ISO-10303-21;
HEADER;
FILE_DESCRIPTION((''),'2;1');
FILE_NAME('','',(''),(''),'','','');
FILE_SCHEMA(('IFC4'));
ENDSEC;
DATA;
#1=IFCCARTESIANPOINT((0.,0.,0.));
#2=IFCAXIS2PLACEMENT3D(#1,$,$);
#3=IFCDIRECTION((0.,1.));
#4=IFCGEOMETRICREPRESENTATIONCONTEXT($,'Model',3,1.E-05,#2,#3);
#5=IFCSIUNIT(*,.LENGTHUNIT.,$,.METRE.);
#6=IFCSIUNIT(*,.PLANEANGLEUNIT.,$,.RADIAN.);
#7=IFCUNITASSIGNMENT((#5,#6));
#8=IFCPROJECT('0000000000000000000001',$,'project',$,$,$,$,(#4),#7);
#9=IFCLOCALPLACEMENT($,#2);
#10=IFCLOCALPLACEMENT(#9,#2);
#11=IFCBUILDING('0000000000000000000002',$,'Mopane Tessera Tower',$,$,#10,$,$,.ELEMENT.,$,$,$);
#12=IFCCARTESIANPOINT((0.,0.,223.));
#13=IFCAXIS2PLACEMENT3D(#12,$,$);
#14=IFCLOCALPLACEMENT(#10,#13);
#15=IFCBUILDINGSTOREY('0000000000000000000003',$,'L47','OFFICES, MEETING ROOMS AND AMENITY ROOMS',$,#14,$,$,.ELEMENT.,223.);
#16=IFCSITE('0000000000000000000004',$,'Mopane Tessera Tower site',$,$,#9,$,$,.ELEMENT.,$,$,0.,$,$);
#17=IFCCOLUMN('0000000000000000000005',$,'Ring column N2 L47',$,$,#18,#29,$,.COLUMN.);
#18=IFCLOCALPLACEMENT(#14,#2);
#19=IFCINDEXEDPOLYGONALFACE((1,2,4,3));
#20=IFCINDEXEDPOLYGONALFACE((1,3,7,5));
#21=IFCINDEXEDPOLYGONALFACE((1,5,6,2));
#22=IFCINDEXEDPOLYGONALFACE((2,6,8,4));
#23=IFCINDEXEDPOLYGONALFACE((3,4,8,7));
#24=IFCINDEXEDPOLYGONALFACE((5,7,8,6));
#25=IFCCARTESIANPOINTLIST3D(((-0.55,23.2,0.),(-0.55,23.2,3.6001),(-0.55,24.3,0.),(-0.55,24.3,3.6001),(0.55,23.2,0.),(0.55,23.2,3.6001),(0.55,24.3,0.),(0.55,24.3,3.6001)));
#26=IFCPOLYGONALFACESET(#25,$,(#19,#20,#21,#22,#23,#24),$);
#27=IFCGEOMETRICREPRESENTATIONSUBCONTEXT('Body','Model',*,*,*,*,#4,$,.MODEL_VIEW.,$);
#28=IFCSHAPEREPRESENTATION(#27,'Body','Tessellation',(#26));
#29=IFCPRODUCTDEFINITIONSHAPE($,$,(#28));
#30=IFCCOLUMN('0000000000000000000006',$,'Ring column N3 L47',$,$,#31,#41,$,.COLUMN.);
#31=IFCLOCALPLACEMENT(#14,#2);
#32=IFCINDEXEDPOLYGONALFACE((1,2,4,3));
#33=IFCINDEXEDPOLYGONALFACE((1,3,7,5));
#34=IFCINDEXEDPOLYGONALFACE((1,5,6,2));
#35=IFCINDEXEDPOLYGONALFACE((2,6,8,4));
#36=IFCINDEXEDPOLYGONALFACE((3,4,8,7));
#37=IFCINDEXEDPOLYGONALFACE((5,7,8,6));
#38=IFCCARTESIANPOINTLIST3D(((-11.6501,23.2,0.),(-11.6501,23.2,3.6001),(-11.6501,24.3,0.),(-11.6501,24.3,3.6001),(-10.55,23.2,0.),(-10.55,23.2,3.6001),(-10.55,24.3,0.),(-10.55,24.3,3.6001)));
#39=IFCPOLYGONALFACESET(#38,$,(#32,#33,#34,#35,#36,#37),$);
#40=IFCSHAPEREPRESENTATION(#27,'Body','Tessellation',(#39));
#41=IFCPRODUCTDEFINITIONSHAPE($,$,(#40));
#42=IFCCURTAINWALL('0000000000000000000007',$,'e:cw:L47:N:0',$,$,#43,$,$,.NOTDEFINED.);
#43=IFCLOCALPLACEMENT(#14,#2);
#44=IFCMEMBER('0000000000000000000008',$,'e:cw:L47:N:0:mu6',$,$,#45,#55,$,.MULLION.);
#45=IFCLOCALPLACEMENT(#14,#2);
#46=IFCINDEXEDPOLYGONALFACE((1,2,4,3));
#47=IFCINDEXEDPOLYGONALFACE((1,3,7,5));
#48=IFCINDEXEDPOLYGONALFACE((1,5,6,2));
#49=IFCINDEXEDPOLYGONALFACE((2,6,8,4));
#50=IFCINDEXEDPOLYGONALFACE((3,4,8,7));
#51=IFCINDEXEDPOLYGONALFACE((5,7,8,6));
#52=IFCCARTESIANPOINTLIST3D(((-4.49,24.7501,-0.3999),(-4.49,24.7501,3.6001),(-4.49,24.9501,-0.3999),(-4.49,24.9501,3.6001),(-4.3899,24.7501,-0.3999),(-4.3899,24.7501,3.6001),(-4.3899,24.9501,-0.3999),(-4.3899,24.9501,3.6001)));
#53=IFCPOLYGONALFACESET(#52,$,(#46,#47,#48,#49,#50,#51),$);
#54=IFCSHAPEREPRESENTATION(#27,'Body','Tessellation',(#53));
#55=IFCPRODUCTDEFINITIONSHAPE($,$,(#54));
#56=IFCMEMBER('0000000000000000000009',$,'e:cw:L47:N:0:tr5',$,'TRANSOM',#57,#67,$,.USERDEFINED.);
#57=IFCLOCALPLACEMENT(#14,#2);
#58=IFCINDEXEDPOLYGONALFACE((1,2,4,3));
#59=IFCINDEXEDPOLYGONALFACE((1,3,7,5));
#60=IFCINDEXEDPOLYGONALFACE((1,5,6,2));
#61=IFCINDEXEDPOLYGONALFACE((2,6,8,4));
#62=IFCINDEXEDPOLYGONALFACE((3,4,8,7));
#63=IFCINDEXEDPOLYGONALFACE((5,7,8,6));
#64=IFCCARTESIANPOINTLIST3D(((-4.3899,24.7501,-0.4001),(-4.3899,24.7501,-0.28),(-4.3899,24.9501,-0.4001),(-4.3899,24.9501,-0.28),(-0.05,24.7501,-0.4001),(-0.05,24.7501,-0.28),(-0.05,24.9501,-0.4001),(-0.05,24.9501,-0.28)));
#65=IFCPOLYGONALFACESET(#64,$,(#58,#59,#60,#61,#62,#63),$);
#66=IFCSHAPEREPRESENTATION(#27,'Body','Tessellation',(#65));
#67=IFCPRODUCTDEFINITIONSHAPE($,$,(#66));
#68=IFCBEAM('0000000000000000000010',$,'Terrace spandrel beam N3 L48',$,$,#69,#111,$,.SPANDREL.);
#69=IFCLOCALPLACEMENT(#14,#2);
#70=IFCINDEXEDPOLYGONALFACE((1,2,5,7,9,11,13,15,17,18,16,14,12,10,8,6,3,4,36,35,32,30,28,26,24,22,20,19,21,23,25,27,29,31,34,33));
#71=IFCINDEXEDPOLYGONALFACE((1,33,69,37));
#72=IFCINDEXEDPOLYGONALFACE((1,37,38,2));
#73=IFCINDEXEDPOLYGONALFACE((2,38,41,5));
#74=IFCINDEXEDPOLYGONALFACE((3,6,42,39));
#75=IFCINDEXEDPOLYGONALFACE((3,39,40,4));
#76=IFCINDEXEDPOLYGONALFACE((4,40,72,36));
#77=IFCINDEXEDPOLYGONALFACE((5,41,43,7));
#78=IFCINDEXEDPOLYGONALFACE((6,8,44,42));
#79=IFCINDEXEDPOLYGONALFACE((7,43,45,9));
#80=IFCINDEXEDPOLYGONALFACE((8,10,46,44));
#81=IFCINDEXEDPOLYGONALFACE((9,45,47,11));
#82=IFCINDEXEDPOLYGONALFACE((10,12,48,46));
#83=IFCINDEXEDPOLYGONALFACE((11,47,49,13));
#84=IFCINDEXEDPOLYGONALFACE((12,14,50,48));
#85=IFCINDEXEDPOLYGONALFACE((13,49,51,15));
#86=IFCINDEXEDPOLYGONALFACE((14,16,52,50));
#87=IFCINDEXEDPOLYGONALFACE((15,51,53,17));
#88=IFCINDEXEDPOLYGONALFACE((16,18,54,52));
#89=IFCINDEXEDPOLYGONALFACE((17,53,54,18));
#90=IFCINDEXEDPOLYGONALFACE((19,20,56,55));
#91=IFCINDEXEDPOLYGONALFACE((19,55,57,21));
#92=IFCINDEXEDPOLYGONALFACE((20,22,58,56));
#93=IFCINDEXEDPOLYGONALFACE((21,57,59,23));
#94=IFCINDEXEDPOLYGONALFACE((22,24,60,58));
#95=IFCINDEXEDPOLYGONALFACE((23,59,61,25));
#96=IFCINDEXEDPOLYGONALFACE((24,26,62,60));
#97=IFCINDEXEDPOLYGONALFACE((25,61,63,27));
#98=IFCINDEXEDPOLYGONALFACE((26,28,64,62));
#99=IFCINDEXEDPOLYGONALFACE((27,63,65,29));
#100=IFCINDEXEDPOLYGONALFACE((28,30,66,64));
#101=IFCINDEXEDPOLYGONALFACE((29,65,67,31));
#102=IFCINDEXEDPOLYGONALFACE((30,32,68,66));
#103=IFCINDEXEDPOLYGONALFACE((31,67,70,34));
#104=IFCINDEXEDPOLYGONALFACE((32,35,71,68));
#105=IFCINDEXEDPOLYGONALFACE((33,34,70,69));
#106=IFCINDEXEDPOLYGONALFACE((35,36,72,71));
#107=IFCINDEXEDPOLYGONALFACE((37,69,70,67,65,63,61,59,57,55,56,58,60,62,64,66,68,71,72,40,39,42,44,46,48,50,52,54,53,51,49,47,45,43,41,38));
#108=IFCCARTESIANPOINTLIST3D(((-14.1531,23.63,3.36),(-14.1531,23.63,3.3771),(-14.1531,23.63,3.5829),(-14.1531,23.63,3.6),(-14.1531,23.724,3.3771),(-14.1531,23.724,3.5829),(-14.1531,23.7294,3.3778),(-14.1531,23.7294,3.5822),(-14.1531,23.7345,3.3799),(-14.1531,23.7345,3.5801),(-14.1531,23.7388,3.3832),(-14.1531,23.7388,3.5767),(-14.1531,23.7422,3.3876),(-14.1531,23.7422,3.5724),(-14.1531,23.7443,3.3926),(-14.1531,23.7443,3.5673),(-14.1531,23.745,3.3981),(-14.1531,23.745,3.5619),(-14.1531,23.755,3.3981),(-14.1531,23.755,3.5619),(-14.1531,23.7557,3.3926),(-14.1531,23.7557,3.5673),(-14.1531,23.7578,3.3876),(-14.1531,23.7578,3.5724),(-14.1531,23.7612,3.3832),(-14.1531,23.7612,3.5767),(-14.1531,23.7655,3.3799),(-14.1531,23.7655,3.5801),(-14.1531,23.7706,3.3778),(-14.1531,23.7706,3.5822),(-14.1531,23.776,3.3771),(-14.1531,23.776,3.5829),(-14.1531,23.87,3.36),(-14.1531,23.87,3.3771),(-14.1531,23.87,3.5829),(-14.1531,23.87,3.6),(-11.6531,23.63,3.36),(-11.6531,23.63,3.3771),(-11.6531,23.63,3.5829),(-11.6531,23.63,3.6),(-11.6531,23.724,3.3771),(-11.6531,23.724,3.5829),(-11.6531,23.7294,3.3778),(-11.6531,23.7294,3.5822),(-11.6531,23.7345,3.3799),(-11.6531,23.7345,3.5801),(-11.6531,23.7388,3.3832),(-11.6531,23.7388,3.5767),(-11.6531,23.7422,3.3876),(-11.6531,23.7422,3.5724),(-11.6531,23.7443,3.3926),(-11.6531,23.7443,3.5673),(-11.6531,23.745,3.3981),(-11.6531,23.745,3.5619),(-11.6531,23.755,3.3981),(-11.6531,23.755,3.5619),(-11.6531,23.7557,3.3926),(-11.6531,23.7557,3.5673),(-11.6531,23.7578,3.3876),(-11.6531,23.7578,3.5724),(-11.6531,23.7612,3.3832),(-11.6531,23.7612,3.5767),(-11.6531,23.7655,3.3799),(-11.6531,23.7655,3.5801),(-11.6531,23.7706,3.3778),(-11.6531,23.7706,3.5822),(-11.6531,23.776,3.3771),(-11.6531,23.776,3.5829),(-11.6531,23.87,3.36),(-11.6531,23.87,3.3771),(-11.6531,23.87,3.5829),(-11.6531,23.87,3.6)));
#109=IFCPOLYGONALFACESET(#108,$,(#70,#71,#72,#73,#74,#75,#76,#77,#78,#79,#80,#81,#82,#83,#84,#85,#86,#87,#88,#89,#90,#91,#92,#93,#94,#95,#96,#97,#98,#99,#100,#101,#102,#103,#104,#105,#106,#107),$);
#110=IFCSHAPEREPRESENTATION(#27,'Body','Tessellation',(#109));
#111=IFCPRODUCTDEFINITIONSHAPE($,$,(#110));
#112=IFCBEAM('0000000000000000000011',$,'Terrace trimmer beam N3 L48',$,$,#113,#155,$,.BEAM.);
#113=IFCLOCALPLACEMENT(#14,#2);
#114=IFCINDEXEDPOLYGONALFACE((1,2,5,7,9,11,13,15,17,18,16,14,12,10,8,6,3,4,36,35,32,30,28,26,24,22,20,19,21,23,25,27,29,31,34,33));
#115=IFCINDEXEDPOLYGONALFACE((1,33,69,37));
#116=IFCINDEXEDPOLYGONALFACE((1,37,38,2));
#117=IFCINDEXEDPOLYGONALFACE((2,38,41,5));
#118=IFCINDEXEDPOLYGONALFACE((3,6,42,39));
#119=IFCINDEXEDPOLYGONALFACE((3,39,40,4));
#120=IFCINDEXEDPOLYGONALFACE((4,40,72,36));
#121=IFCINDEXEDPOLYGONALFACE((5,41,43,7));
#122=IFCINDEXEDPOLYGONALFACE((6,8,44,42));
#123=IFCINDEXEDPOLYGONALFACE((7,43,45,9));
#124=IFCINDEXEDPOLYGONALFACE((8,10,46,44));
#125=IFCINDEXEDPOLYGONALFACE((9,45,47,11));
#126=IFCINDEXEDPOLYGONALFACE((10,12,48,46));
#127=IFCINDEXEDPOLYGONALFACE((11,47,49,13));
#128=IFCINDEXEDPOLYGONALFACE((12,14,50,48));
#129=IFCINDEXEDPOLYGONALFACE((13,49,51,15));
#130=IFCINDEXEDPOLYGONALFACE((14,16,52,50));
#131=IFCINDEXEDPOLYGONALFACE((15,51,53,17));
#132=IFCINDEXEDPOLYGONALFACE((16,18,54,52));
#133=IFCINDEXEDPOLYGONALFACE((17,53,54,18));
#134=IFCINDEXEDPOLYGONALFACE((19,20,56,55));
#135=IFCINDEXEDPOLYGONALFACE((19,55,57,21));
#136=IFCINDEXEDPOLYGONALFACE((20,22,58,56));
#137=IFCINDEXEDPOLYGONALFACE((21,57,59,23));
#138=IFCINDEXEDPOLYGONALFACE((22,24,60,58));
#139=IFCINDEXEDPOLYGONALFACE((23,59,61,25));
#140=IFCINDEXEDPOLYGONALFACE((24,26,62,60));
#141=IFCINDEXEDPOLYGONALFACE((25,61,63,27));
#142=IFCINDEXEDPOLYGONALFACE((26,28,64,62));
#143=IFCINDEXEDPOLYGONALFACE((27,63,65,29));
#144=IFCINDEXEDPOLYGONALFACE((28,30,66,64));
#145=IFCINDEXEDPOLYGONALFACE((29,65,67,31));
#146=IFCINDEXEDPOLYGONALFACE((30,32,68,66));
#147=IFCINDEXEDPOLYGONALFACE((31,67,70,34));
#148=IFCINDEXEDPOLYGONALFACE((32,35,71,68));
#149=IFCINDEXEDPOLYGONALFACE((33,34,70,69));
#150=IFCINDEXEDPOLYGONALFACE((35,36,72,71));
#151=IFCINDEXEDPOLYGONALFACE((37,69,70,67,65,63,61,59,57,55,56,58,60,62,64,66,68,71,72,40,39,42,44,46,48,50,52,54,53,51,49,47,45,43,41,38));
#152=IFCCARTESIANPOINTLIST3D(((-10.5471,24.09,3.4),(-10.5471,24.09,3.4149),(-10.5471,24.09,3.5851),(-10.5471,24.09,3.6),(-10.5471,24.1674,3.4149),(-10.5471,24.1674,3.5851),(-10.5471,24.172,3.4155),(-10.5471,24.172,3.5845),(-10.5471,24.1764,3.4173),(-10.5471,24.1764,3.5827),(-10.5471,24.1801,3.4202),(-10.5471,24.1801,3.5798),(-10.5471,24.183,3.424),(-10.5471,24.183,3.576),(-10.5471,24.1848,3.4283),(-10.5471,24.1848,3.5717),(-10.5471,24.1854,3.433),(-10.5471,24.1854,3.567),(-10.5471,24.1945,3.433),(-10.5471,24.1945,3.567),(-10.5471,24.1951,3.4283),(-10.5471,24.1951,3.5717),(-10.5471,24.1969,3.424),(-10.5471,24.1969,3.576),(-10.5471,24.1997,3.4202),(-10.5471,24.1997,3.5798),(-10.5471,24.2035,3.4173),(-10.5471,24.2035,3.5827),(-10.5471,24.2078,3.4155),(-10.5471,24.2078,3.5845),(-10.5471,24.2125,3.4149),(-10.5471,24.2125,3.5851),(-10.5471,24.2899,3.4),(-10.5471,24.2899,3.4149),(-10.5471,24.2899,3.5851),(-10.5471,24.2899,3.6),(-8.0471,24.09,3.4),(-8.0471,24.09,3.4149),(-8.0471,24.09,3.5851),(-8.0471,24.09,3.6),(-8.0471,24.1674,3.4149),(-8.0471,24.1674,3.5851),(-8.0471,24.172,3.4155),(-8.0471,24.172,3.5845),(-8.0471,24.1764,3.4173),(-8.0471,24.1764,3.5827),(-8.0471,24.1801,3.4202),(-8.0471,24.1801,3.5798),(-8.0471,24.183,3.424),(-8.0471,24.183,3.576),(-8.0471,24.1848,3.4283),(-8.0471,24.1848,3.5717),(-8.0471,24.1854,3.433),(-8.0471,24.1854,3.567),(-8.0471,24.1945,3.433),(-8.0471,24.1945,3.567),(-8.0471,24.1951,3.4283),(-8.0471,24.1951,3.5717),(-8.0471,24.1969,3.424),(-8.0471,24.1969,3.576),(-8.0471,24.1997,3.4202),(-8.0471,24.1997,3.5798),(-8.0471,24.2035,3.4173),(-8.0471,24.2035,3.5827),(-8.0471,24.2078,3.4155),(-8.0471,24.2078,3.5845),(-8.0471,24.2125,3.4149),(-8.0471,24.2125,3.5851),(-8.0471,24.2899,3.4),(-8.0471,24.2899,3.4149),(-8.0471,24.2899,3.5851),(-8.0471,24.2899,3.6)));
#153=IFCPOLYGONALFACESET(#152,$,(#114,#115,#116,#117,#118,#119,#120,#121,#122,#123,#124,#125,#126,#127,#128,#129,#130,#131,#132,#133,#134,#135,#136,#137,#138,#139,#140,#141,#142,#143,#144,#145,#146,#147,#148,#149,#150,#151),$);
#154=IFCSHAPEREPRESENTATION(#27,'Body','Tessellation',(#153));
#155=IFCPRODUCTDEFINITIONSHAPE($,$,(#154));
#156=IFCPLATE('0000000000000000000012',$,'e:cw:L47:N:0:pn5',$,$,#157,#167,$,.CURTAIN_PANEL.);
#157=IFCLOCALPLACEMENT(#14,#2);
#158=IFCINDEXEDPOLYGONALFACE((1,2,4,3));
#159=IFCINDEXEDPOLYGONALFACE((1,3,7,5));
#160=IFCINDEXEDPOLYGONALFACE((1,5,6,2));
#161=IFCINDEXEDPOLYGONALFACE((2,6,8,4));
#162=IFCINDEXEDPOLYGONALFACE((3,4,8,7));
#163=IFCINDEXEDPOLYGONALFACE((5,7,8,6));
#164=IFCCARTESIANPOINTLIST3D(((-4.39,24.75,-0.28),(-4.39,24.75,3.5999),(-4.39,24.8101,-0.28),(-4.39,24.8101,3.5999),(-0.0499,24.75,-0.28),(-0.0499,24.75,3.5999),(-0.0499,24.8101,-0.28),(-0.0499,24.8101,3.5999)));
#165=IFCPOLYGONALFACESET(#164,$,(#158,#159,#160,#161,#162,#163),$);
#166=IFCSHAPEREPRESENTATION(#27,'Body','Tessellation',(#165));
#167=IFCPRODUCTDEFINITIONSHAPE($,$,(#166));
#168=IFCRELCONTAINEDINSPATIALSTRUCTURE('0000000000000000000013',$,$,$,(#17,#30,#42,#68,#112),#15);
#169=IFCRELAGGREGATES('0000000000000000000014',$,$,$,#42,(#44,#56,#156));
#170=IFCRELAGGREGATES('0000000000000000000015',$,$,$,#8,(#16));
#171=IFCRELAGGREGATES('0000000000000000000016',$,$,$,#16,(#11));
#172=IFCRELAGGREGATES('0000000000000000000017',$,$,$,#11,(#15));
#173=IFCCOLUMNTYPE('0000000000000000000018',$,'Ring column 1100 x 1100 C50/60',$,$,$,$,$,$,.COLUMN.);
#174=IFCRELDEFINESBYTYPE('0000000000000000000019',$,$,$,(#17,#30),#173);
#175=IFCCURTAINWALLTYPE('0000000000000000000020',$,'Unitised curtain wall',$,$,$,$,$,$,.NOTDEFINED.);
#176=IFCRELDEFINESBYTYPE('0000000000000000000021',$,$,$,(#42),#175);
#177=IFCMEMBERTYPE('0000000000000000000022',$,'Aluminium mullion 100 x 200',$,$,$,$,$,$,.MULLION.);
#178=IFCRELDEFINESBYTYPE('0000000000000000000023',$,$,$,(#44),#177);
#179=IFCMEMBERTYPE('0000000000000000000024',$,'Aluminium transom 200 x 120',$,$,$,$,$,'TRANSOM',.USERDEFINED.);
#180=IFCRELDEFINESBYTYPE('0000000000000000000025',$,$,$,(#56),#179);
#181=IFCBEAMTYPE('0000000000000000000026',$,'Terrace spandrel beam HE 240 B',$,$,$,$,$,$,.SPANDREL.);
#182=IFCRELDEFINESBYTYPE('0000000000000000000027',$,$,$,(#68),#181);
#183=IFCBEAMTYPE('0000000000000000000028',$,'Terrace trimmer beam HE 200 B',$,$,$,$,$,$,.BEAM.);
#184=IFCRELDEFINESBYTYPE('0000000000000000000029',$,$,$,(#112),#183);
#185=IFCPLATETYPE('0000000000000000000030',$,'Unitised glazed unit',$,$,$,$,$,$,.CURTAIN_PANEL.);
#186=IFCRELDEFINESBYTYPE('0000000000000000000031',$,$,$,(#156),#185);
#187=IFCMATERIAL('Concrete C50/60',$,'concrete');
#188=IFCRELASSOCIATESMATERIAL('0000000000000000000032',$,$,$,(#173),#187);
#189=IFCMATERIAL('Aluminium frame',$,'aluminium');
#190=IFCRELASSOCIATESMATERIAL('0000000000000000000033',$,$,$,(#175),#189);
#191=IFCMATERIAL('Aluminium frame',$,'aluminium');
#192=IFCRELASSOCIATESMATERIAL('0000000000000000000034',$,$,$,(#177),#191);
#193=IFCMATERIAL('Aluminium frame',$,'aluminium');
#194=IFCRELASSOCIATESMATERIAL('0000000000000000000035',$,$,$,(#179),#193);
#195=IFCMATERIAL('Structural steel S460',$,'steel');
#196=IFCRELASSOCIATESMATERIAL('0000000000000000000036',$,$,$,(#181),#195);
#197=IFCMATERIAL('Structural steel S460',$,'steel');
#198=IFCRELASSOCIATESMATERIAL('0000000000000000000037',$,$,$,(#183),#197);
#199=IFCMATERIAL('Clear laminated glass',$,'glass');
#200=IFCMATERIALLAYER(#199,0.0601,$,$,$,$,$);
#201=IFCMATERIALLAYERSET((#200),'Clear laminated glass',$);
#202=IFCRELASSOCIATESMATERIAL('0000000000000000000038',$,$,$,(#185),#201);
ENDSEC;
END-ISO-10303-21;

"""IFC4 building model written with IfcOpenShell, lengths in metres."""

from ifc_helpers import new_model, si_unit, direction, frame, origin, origin_2d, place, context, subcontext, project, spatial, rectangle, i_section, extrude, material, layer, layer_set, material_profile, profile_set, type_object, element, aggregate, save


model = new_model("IFC4")

# Units and contexts
model_context = context("Model", 3, precision=1e-05, world=origin(), true_north=direction((0.0, 1.0)))
body_context = subcontext(model_context, "Body", "Model", "MODEL_VIEW")
ifc_project = project(units=[si_unit("LENGTHUNIT", "METRE"), si_unit("PLANEANGLEUNIT", "RADIAN")], contexts=[model_context])

# Site, building, storey
site_placement = place(None, origin())
site = spatial("IfcSite", under=ifc_project, at=site_placement, Name="Mopane Tessera Tower site", CompositionType="ELEMENT", RefElevation=0.0)
building_placement = place(site_placement, origin())
building = spatial("IfcBuilding", under=site, at=building_placement, Name="Mopane Tessera Tower", CompositionType="ELEMENT")
storey_placement = place(building_placement, frame((0.0, 0.0, 223.0)))
storey = spatial("IfcBuildingStorey", under=building, at=storey_placement, Name="L47", Description="OFFICES, MEETING ROOMS AND AMENITY ROOMS", CompositionType="ELEMENT", Elevation=223.0)

# Columns
ifc_material_1 = material(Name="Concrete C50/60", Category="concrete")
ifc_material_profile_1 = material_profile(ifc_material_1, rectangle(XDim=1.1001, YDim=1.1001, at=origin_2d()))
ifc_profile_set_1 = profile_set([ifc_material_profile_1], Name="Concrete C50/60")
column_type = type_object("IfcColumnType", Name="Ring column 1100 x 1100 C50/60", PredefinedType="COLUMN", material=ifc_profile_set_1)
for number, where, z_axis, x_axis, name in (
    (1, (0.0, 23.75, 0.0), (0.0, 0.0, 1.0), (1.0, 0.0, 0.0), "Ring column N2 L47"),
    (2, (-11.1001, 23.75, 0.0), (0.0, 0.0, 1.0), (1.0, 0.0, 0.0), "Ring column N3 L47"),
):
    element("IfcColumn", number, at=place(storey_placement, frame(where, z_axis=z_axis, x_axis=x_axis)), inside=storey, type_object=column_type, Name=name, PredefinedType="COLUMN", context=body_context, shape_type="SweptSolid", body=[
        extrude(rectangle(XDim=1.1001, YDim=1.1001, at=origin_2d()), origin(), (0.0, 0.0, 1.0), 3.6001),
    ])

# Curtain wall, members
ifc_material_2 = material(Name="Aluminium frame", Category="aluminium")
curtain_wall_type = type_object("IfcCurtainWallType", Name="Unitised curtain wall", PredefinedType="NOTDEFINED", material=ifc_material_2)
curtain_wall_placement = place(storey_placement, origin())
curtain_wall = element("IfcCurtainWall", 3, at=curtain_wall_placement, inside=storey, type_object=curtain_wall_type, Name="e:cw:L47:N:0", PredefinedType="NOTDEFINED")
ifc_material_3 = material(Name="Aluminium frame", Category="aluminium")
ifc_material_profile_2 = material_profile(ifc_material_3, rectangle(XDim=0.1001, YDim=0.2, at=origin_2d()))
ifc_profile_set_2 = profile_set([ifc_material_profile_2], Name="Aluminium frame")
member_type_1 = type_object("IfcMemberType", Name="Aluminium mullion 100 x 200", PredefinedType="MULLION", material=ifc_profile_set_2)
member_1_placement = place(storey_placement, frame((-4.4399, 24.8501, -0.3999), z_axis=(0.0, 0.0, 1.0), x_axis=(-1.0, 0.0, 0.0)))
member_1 = element("IfcMember", 4, at=member_1_placement, type_object=member_type_1, Name="e:cw:L47:N:0:mu6", PredefinedType="MULLION", context=body_context, shape_type="SweptSolid", body=[
    extrude(rectangle(XDim=0.1001, YDim=0.2, at=origin_2d()), origin(), (0.0, 0.0, 1.0), 4.0),
])
ifc_material_4 = material(Name="Aluminium frame", Category="aluminium")
ifc_material_profile_3 = material_profile(ifc_material_4, rectangle(XDim=0.2, YDim=0.1201, at=origin_2d()))
ifc_profile_set_3 = profile_set([ifc_material_profile_3], Name="Aluminium frame")
member_type_2 = type_object("IfcMemberType", Name="Aluminium transom 200 x 120", ElementType="TRANSOM", PredefinedType="USERDEFINED", material=ifc_profile_set_3)
member_2_placement = place(storey_placement, frame((-0.05, 24.8501, -0.3401), z_axis=(-1.0, 0.0, 0.0), x_axis=(0.0, -1.0, 0.0)))
member_2 = element("IfcMember", 5, at=member_2_placement, type_object=member_type_2, Name="e:cw:L47:N:0:tr5", ObjectType="TRANSOM", PredefinedType="USERDEFINED", context=body_context, shape_type="SweptSolid", body=[
    extrude(rectangle(XDim=0.2, YDim=0.1201, at=origin_2d()), origin(), (0.0, 0.0, 1.0), 4.3398),
])

# Beams
ifc_material_5 = material(Name="Structural steel S460", Category="steel")
ifc_material_profile_4 = material_profile(ifc_material_5, i_section(OverallWidth=0.24, OverallDepth=0.24, WebThickness=0.01, FlangeThickness=0.0171, FilletRadius=0.021, at=origin_2d()))
ifc_profile_set_4 = profile_set([ifc_material_profile_4], Name="Structural steel S460")
beam_type_1 = type_object("IfcBeamType", Name="Terrace spandrel beam HE 240 B", PredefinedType="SPANDREL", material=ifc_profile_set_4)
beam_1_placement = place(storey_placement, frame((-11.6531, 23.75, 3.48), z_axis=(-1.0, 0.0, 0.0), x_axis=(0.0, -1.0, 0.0)))
element("IfcBeam", 6, at=beam_1_placement, inside=storey, type_object=beam_type_1, Name="Terrace spandrel beam N3 L48", PredefinedType="SPANDREL", context=body_context, shape_type="SweptSolid", body=[
    extrude(i_section(OverallWidth=0.24, OverallDepth=0.24, WebThickness=0.01, FlangeThickness=0.0171, FilletRadius=0.021, at=origin_2d()), origin(), (0.0, 0.0, 1.0), 2.5),
])
ifc_material_6 = material(Name="Structural steel S460", Category="steel")
ifc_material_profile_5 = material_profile(ifc_material_6, i_section(OverallWidth=0.2, OverallDepth=0.2, WebThickness=0.009, FlangeThickness=0.0149, FilletRadius=0.0181, at=origin_2d()))
ifc_profile_set_5 = profile_set([ifc_material_profile_5], Name="Structural steel S460")
beam_type_2 = type_object("IfcBeamType", Name="Terrace trimmer beam HE 200 B", PredefinedType="BEAM", material=ifc_profile_set_5)
beam_2_placement = place(storey_placement, frame((-10.5471, 24.1899, 3.5), z_axis=(1.0, 0.0, 0.0), x_axis=(0.0, 1.0, 0.0)))
element("IfcBeam", 7, at=beam_2_placement, inside=storey, type_object=beam_type_2, Name="Terrace trimmer beam N3 L48", PredefinedType="BEAM", context=body_context, shape_type="SweptSolid", body=[
    extrude(i_section(OverallWidth=0.2, OverallDepth=0.2, WebThickness=0.009, FlangeThickness=0.0149, FilletRadius=0.0181, at=origin_2d()), origin(), (0.0, 0.0, 1.0), 2.5),
])

# Plate
ifc_material_7 = material(Name="Clear laminated glass", Category="glass")
ifc_layer_1 = layer(ifc_material_7, 0.0601)
ifc_layer_set_1 = layer_set([ifc_layer_1], Name="Clear laminated glass")
plate_type = type_object("IfcPlateType", Name="Unitised glazed unit", PredefinedType="CURTAIN_PANEL", material=ifc_layer_set_1)
plate_placement = place(storey_placement, frame((-2.22, 24.78, -0.28), z_axis=(0.0, 0.0, 1.0), x_axis=(-1.0, 0.0, 0.0)))
plate = element("IfcPlate", 8, at=plate_placement, type_object=plate_type, Name="e:cw:L47:N:0:pn5", PredefinedType="CURTAIN_PANEL", context=body_context, shape_type="SweptSolid", body=[
    extrude(rectangle(XDim=4.3401, YDim=0.0601, at=origin_2d()), origin(), (0.0, 0.0, 1.0), 3.8799),
])
aggregate(curtain_wall, [member_1, member_2, plate])

save(model, "model.ifc")
